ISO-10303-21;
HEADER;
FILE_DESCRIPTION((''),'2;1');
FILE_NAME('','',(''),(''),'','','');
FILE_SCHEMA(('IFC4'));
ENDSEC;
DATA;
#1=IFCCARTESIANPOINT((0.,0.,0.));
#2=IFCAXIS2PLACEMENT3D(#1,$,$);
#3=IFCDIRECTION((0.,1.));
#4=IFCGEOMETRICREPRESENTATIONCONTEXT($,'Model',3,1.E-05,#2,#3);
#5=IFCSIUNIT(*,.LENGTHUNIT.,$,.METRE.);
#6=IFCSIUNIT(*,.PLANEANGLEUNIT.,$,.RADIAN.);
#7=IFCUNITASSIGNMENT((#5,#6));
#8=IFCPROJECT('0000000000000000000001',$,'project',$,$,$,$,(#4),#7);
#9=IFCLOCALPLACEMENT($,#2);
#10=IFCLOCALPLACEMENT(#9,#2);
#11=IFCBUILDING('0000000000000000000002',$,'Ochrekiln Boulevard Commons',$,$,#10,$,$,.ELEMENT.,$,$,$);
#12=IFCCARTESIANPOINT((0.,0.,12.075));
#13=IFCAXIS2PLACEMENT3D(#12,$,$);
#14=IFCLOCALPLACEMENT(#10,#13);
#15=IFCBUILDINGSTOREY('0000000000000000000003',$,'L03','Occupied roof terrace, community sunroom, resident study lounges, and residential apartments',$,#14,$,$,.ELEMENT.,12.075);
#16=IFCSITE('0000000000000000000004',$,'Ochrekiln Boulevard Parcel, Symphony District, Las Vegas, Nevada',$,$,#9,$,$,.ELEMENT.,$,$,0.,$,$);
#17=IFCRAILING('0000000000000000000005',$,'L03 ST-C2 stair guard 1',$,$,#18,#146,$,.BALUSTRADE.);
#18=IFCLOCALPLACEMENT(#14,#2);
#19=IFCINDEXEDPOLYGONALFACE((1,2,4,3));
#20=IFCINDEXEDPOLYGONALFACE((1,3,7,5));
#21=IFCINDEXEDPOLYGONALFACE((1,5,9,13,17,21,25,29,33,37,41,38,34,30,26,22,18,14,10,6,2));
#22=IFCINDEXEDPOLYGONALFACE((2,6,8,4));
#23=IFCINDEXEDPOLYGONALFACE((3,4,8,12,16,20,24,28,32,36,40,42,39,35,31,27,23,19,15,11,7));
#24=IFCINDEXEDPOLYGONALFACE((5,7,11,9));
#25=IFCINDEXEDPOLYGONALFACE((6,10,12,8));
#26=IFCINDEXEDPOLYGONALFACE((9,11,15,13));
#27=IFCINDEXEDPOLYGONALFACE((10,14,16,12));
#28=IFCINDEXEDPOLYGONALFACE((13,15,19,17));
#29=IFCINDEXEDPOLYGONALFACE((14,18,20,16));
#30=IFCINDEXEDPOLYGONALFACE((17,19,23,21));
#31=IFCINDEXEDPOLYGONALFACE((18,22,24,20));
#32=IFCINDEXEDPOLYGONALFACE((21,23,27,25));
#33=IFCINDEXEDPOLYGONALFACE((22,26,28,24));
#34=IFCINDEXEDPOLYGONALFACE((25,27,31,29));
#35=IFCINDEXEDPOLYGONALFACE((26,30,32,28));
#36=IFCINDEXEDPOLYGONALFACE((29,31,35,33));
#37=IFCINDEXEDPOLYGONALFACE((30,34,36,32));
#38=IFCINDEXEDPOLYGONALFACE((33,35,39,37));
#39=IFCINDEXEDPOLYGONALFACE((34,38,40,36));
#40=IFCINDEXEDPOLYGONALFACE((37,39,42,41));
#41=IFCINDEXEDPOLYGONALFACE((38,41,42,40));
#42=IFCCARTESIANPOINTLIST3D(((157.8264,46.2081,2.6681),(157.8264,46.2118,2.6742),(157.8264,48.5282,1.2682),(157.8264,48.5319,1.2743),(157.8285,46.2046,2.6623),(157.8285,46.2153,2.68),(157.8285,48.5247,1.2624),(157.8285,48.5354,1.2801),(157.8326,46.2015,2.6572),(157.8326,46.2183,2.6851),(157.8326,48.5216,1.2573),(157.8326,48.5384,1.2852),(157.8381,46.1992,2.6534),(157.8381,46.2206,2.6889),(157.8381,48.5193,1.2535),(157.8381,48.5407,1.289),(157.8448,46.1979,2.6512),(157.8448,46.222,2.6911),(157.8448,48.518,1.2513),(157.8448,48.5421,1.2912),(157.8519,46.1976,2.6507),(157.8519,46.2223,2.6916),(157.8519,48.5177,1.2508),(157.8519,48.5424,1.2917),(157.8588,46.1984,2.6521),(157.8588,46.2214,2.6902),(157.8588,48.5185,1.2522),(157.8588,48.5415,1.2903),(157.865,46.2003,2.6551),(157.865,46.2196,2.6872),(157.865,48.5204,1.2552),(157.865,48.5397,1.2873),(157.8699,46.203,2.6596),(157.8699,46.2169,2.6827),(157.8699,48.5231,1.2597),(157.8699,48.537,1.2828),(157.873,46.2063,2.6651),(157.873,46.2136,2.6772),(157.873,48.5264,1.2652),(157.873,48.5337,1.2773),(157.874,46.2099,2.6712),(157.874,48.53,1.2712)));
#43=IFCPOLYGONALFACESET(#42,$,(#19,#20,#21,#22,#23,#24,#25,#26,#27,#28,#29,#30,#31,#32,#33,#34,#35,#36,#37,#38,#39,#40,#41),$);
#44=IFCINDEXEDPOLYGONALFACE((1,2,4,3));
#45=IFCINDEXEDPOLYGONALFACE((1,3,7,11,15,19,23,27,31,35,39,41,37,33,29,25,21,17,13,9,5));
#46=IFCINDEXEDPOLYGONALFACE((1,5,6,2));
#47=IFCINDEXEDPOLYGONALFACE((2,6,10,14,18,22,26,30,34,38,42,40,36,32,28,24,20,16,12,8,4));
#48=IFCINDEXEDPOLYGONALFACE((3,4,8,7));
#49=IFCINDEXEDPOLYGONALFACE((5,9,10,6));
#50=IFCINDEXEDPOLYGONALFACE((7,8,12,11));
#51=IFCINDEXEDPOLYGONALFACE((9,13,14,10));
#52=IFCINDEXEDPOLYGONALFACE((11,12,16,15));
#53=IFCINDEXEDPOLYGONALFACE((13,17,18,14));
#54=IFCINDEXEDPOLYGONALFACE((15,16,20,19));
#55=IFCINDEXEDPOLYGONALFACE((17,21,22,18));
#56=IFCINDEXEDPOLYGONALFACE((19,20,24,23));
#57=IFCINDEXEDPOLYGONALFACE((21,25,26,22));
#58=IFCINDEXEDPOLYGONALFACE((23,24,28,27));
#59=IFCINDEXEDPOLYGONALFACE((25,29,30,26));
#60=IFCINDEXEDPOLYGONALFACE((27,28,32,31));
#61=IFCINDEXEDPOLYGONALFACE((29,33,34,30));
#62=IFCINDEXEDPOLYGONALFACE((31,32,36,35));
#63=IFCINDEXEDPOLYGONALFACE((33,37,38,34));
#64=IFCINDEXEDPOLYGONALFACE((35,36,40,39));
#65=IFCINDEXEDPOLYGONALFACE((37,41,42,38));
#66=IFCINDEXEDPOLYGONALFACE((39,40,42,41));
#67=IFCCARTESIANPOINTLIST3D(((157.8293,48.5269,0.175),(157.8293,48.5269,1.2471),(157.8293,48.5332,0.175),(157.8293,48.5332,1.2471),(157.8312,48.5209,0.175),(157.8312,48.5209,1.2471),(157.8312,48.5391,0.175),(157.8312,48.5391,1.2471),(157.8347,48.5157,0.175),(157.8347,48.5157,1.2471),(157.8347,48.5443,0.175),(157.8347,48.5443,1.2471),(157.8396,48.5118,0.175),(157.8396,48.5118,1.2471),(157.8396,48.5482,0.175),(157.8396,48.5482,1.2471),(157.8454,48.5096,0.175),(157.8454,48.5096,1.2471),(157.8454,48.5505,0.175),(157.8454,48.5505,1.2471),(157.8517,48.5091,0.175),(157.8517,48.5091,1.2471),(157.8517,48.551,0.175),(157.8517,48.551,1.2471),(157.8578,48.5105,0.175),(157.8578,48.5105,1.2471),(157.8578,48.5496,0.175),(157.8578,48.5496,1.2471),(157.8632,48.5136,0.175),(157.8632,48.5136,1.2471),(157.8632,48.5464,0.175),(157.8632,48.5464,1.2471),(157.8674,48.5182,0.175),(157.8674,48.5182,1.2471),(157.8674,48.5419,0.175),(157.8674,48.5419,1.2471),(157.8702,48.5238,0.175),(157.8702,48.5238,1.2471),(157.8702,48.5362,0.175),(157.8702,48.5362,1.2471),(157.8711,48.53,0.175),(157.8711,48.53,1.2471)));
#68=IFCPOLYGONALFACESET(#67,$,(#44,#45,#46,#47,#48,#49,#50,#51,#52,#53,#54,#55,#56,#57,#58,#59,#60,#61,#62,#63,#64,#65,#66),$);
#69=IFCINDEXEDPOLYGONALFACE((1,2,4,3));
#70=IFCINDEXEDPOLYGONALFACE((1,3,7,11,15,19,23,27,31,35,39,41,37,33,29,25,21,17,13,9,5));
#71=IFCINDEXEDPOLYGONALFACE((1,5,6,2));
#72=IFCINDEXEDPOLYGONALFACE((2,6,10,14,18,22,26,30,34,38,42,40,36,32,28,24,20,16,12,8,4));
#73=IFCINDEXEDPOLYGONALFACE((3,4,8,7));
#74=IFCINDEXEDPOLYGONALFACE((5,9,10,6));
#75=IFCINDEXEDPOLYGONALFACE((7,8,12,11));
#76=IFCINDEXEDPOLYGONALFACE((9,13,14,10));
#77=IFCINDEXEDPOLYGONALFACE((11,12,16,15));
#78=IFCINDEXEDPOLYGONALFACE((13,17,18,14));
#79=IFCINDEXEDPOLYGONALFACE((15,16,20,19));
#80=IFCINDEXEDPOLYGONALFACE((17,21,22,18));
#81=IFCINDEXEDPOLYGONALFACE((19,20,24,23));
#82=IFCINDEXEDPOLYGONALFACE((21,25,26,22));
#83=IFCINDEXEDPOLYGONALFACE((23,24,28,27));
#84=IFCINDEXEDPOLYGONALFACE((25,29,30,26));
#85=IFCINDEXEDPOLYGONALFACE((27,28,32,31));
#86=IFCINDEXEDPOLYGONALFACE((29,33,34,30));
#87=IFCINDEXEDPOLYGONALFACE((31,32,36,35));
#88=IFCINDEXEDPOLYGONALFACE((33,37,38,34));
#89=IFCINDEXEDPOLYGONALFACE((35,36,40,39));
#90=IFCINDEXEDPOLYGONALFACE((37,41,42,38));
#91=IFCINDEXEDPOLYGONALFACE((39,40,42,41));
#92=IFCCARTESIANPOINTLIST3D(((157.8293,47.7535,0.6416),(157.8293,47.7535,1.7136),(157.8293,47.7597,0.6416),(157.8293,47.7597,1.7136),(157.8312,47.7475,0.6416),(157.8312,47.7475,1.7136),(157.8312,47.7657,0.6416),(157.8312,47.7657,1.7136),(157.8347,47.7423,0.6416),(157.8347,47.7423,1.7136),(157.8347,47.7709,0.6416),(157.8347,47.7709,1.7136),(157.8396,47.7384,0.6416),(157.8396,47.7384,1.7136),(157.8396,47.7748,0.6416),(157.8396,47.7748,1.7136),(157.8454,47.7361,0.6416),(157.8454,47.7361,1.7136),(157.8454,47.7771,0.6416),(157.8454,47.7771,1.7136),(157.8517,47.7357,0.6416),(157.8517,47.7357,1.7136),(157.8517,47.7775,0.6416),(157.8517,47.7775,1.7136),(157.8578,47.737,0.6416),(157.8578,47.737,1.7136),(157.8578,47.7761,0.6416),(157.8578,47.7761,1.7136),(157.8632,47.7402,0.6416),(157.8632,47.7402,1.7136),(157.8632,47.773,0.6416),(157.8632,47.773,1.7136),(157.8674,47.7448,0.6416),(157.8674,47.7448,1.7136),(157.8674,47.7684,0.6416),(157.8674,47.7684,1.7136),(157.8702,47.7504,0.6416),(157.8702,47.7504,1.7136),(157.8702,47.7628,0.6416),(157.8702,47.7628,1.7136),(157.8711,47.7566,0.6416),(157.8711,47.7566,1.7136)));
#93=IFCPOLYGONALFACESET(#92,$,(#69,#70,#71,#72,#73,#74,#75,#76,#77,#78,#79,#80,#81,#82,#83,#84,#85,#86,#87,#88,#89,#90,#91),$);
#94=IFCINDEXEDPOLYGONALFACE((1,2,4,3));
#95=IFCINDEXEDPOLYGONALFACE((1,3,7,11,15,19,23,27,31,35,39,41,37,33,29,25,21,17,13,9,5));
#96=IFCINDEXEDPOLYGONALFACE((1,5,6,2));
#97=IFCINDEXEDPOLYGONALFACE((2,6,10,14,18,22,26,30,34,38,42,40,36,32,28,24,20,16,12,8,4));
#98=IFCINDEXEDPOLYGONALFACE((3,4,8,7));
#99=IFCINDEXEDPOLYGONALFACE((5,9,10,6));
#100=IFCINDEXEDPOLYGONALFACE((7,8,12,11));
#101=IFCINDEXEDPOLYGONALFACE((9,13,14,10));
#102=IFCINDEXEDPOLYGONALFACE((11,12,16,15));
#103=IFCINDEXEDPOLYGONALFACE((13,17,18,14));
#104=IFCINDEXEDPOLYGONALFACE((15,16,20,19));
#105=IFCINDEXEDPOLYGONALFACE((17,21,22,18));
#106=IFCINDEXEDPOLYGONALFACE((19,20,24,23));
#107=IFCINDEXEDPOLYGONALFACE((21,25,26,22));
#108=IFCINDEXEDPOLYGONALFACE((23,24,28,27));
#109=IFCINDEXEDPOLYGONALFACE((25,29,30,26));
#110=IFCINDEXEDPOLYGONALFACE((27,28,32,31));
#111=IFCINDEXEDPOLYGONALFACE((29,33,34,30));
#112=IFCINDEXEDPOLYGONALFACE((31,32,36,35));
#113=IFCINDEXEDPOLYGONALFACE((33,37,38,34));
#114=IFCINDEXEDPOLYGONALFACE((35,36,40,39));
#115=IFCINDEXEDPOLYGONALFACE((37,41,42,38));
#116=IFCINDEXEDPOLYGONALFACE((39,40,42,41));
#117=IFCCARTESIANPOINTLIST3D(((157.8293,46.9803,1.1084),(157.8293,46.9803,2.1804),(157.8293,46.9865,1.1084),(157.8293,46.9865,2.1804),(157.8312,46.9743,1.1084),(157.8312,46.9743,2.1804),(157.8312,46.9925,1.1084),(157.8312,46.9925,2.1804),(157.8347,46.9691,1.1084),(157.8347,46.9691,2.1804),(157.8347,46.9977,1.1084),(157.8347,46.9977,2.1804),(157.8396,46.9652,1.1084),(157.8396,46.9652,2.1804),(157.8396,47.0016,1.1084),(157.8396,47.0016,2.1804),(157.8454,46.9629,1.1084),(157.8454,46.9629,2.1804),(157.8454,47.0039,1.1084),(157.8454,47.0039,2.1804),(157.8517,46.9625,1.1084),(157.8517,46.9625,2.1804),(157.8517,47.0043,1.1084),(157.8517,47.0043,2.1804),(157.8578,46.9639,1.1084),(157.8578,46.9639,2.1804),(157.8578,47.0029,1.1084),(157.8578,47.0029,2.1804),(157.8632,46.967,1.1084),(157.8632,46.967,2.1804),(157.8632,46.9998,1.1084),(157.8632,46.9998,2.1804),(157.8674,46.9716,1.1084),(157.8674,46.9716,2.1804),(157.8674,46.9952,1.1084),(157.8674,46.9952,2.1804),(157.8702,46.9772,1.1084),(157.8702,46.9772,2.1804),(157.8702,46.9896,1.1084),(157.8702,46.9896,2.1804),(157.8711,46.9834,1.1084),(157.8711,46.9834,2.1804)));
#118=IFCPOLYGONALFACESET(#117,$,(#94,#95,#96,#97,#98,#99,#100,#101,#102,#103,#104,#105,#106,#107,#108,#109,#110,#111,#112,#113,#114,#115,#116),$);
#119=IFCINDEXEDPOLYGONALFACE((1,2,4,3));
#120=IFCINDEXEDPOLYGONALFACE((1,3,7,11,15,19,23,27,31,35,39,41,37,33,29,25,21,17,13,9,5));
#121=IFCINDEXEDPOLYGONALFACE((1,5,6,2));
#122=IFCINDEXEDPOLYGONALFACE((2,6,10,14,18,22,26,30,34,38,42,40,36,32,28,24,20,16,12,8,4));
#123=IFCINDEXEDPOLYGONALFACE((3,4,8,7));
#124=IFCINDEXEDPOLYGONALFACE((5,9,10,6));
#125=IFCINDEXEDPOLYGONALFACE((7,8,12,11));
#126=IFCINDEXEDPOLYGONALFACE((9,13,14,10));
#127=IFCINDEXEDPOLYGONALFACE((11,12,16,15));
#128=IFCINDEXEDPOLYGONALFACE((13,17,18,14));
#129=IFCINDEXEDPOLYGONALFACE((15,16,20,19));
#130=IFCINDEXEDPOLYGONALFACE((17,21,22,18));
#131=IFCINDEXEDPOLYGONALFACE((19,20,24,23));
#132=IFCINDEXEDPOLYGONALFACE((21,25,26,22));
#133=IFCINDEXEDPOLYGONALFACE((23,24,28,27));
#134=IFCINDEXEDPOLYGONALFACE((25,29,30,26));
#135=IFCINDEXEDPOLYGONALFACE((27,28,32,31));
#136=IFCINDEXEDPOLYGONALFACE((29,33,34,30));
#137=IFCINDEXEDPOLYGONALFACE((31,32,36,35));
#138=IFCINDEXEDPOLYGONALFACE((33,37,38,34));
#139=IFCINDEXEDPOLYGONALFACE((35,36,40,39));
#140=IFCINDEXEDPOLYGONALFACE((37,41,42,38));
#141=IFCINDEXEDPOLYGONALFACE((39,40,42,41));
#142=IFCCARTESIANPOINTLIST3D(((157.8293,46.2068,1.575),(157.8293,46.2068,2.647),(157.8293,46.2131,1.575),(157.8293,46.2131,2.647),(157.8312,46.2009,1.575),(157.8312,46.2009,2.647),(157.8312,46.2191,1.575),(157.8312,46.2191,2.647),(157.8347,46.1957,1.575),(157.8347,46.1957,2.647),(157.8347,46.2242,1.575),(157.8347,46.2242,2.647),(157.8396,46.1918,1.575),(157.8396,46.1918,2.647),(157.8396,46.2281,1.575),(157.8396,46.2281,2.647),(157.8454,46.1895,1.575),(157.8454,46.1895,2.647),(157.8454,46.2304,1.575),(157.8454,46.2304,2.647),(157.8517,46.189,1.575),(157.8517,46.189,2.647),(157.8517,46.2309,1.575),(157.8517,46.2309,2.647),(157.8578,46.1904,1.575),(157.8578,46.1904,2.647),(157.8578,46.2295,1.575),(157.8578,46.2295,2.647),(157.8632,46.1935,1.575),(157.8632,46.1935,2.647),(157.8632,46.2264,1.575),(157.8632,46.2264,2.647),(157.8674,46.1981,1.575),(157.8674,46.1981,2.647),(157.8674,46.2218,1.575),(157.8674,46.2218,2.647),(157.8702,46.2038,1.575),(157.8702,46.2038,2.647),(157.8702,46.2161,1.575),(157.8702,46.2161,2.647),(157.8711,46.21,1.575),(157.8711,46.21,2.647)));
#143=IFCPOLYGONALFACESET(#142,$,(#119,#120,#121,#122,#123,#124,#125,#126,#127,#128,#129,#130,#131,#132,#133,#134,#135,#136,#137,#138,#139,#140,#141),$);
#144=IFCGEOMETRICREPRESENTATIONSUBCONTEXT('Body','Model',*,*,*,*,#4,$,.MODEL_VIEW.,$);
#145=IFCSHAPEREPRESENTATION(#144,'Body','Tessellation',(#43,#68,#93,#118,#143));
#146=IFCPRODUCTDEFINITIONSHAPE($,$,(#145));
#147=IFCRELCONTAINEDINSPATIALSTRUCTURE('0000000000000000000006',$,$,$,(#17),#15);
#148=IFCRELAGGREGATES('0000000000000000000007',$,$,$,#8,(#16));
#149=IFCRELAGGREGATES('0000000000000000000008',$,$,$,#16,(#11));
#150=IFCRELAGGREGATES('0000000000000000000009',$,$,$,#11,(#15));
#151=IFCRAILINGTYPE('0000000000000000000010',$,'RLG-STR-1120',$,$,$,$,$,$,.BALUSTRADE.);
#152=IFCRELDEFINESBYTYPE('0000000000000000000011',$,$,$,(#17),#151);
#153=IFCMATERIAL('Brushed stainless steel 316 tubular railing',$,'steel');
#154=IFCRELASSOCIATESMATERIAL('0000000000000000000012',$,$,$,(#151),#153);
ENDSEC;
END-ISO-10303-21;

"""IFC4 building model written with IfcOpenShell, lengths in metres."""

from ifc_helpers import new_model, si_unit, direction, frame, origin, origin_2d, place, context, subcontext, project, spatial, circle, extrude, material, type_object, element, save


model = new_model("IFC4")

# Units and contexts
model_context = context("Model", 3, precision=1e-05, world=origin(), true_north=direction((0.0, 1.0)))
body_context = subcontext(model_context, "Body", "Model", "MODEL_VIEW")
ifc_project = project(units=[si_unit("LENGTHUNIT", "METRE"), si_unit("PLANEANGLEUNIT", "RADIAN")], contexts=[model_context])

# Site, building, storey
site_placement = place(None, origin())
site = spatial("IfcSite", under=ifc_project, at=site_placement, Name="Ochrekiln Boulevard Parcel, Symphony District, Las Vegas, Nevada", CompositionType="ELEMENT", RefElevation=0.0)
building_placement = place(site_placement, origin())
building = spatial("IfcBuilding", under=site, at=building_placement, Name="Ochrekiln Boulevard Commons", CompositionType="ELEMENT")
storey_placement = place(building_placement, frame((0.0, 0.0, 12.075)))
storey = spatial("IfcBuildingStorey", under=building, at=storey_placement, Name="L03", Description="Occupied roof terrace, community sunroom, resident study lounges, and residential apartments", CompositionType="ELEMENT", Elevation=12.075)

# Railing
ifc_material_1 = material(Name="Brushed stainless steel 316 tubular railing", Category="steel")
railing_type_1 = type_object("IfcRailingType", Name="RLG-STR-1120", PredefinedType="BALUSTRADE", material=ifc_material_1)
railing_1_placement = place(storey_placement, frame((157.8501, 48.53, 0.175)))
element("IfcRailing", 1, at=railing_1_placement, inside=storey, type_object=railing_type_1, Name="L03 ST-C2 stair guard 1", PredefinedType="BALUSTRADE", context=body_context, shape_type="SweptSolid", body=[
    extrude(circle(Radius=0.0239, at=origin_2d()), frame((0.0, 0.0, 1.0962), z_axis=(0.0, -0.85621, 0.516627), x_axis=(1.0, 0.0, 0.0)), (0.0, 0.0, 1.0), 2.7097),
    extrude(circle(Radius=0.021, at=origin_2d()), origin(), (0.0, 0.0, 1.0), 1.072),
    extrude(circle(Radius=0.021, at=origin_2d()), frame((0.0, -0.7734, 0.4666)), (0.0, 0.0, 1.0), 1.072),
    extrude(circle(Radius=0.021, at=origin_2d()), frame((0.0, -1.5466, 0.9333)), (0.0, 0.0, 1.0), 1.072),
    extrude(circle(Radius=0.021, at=origin_2d()), frame((0.0, -2.3201, 1.3999)), (0.0, 0.0, 1.0), 1.072),
])

save(model, "model.ifc")
